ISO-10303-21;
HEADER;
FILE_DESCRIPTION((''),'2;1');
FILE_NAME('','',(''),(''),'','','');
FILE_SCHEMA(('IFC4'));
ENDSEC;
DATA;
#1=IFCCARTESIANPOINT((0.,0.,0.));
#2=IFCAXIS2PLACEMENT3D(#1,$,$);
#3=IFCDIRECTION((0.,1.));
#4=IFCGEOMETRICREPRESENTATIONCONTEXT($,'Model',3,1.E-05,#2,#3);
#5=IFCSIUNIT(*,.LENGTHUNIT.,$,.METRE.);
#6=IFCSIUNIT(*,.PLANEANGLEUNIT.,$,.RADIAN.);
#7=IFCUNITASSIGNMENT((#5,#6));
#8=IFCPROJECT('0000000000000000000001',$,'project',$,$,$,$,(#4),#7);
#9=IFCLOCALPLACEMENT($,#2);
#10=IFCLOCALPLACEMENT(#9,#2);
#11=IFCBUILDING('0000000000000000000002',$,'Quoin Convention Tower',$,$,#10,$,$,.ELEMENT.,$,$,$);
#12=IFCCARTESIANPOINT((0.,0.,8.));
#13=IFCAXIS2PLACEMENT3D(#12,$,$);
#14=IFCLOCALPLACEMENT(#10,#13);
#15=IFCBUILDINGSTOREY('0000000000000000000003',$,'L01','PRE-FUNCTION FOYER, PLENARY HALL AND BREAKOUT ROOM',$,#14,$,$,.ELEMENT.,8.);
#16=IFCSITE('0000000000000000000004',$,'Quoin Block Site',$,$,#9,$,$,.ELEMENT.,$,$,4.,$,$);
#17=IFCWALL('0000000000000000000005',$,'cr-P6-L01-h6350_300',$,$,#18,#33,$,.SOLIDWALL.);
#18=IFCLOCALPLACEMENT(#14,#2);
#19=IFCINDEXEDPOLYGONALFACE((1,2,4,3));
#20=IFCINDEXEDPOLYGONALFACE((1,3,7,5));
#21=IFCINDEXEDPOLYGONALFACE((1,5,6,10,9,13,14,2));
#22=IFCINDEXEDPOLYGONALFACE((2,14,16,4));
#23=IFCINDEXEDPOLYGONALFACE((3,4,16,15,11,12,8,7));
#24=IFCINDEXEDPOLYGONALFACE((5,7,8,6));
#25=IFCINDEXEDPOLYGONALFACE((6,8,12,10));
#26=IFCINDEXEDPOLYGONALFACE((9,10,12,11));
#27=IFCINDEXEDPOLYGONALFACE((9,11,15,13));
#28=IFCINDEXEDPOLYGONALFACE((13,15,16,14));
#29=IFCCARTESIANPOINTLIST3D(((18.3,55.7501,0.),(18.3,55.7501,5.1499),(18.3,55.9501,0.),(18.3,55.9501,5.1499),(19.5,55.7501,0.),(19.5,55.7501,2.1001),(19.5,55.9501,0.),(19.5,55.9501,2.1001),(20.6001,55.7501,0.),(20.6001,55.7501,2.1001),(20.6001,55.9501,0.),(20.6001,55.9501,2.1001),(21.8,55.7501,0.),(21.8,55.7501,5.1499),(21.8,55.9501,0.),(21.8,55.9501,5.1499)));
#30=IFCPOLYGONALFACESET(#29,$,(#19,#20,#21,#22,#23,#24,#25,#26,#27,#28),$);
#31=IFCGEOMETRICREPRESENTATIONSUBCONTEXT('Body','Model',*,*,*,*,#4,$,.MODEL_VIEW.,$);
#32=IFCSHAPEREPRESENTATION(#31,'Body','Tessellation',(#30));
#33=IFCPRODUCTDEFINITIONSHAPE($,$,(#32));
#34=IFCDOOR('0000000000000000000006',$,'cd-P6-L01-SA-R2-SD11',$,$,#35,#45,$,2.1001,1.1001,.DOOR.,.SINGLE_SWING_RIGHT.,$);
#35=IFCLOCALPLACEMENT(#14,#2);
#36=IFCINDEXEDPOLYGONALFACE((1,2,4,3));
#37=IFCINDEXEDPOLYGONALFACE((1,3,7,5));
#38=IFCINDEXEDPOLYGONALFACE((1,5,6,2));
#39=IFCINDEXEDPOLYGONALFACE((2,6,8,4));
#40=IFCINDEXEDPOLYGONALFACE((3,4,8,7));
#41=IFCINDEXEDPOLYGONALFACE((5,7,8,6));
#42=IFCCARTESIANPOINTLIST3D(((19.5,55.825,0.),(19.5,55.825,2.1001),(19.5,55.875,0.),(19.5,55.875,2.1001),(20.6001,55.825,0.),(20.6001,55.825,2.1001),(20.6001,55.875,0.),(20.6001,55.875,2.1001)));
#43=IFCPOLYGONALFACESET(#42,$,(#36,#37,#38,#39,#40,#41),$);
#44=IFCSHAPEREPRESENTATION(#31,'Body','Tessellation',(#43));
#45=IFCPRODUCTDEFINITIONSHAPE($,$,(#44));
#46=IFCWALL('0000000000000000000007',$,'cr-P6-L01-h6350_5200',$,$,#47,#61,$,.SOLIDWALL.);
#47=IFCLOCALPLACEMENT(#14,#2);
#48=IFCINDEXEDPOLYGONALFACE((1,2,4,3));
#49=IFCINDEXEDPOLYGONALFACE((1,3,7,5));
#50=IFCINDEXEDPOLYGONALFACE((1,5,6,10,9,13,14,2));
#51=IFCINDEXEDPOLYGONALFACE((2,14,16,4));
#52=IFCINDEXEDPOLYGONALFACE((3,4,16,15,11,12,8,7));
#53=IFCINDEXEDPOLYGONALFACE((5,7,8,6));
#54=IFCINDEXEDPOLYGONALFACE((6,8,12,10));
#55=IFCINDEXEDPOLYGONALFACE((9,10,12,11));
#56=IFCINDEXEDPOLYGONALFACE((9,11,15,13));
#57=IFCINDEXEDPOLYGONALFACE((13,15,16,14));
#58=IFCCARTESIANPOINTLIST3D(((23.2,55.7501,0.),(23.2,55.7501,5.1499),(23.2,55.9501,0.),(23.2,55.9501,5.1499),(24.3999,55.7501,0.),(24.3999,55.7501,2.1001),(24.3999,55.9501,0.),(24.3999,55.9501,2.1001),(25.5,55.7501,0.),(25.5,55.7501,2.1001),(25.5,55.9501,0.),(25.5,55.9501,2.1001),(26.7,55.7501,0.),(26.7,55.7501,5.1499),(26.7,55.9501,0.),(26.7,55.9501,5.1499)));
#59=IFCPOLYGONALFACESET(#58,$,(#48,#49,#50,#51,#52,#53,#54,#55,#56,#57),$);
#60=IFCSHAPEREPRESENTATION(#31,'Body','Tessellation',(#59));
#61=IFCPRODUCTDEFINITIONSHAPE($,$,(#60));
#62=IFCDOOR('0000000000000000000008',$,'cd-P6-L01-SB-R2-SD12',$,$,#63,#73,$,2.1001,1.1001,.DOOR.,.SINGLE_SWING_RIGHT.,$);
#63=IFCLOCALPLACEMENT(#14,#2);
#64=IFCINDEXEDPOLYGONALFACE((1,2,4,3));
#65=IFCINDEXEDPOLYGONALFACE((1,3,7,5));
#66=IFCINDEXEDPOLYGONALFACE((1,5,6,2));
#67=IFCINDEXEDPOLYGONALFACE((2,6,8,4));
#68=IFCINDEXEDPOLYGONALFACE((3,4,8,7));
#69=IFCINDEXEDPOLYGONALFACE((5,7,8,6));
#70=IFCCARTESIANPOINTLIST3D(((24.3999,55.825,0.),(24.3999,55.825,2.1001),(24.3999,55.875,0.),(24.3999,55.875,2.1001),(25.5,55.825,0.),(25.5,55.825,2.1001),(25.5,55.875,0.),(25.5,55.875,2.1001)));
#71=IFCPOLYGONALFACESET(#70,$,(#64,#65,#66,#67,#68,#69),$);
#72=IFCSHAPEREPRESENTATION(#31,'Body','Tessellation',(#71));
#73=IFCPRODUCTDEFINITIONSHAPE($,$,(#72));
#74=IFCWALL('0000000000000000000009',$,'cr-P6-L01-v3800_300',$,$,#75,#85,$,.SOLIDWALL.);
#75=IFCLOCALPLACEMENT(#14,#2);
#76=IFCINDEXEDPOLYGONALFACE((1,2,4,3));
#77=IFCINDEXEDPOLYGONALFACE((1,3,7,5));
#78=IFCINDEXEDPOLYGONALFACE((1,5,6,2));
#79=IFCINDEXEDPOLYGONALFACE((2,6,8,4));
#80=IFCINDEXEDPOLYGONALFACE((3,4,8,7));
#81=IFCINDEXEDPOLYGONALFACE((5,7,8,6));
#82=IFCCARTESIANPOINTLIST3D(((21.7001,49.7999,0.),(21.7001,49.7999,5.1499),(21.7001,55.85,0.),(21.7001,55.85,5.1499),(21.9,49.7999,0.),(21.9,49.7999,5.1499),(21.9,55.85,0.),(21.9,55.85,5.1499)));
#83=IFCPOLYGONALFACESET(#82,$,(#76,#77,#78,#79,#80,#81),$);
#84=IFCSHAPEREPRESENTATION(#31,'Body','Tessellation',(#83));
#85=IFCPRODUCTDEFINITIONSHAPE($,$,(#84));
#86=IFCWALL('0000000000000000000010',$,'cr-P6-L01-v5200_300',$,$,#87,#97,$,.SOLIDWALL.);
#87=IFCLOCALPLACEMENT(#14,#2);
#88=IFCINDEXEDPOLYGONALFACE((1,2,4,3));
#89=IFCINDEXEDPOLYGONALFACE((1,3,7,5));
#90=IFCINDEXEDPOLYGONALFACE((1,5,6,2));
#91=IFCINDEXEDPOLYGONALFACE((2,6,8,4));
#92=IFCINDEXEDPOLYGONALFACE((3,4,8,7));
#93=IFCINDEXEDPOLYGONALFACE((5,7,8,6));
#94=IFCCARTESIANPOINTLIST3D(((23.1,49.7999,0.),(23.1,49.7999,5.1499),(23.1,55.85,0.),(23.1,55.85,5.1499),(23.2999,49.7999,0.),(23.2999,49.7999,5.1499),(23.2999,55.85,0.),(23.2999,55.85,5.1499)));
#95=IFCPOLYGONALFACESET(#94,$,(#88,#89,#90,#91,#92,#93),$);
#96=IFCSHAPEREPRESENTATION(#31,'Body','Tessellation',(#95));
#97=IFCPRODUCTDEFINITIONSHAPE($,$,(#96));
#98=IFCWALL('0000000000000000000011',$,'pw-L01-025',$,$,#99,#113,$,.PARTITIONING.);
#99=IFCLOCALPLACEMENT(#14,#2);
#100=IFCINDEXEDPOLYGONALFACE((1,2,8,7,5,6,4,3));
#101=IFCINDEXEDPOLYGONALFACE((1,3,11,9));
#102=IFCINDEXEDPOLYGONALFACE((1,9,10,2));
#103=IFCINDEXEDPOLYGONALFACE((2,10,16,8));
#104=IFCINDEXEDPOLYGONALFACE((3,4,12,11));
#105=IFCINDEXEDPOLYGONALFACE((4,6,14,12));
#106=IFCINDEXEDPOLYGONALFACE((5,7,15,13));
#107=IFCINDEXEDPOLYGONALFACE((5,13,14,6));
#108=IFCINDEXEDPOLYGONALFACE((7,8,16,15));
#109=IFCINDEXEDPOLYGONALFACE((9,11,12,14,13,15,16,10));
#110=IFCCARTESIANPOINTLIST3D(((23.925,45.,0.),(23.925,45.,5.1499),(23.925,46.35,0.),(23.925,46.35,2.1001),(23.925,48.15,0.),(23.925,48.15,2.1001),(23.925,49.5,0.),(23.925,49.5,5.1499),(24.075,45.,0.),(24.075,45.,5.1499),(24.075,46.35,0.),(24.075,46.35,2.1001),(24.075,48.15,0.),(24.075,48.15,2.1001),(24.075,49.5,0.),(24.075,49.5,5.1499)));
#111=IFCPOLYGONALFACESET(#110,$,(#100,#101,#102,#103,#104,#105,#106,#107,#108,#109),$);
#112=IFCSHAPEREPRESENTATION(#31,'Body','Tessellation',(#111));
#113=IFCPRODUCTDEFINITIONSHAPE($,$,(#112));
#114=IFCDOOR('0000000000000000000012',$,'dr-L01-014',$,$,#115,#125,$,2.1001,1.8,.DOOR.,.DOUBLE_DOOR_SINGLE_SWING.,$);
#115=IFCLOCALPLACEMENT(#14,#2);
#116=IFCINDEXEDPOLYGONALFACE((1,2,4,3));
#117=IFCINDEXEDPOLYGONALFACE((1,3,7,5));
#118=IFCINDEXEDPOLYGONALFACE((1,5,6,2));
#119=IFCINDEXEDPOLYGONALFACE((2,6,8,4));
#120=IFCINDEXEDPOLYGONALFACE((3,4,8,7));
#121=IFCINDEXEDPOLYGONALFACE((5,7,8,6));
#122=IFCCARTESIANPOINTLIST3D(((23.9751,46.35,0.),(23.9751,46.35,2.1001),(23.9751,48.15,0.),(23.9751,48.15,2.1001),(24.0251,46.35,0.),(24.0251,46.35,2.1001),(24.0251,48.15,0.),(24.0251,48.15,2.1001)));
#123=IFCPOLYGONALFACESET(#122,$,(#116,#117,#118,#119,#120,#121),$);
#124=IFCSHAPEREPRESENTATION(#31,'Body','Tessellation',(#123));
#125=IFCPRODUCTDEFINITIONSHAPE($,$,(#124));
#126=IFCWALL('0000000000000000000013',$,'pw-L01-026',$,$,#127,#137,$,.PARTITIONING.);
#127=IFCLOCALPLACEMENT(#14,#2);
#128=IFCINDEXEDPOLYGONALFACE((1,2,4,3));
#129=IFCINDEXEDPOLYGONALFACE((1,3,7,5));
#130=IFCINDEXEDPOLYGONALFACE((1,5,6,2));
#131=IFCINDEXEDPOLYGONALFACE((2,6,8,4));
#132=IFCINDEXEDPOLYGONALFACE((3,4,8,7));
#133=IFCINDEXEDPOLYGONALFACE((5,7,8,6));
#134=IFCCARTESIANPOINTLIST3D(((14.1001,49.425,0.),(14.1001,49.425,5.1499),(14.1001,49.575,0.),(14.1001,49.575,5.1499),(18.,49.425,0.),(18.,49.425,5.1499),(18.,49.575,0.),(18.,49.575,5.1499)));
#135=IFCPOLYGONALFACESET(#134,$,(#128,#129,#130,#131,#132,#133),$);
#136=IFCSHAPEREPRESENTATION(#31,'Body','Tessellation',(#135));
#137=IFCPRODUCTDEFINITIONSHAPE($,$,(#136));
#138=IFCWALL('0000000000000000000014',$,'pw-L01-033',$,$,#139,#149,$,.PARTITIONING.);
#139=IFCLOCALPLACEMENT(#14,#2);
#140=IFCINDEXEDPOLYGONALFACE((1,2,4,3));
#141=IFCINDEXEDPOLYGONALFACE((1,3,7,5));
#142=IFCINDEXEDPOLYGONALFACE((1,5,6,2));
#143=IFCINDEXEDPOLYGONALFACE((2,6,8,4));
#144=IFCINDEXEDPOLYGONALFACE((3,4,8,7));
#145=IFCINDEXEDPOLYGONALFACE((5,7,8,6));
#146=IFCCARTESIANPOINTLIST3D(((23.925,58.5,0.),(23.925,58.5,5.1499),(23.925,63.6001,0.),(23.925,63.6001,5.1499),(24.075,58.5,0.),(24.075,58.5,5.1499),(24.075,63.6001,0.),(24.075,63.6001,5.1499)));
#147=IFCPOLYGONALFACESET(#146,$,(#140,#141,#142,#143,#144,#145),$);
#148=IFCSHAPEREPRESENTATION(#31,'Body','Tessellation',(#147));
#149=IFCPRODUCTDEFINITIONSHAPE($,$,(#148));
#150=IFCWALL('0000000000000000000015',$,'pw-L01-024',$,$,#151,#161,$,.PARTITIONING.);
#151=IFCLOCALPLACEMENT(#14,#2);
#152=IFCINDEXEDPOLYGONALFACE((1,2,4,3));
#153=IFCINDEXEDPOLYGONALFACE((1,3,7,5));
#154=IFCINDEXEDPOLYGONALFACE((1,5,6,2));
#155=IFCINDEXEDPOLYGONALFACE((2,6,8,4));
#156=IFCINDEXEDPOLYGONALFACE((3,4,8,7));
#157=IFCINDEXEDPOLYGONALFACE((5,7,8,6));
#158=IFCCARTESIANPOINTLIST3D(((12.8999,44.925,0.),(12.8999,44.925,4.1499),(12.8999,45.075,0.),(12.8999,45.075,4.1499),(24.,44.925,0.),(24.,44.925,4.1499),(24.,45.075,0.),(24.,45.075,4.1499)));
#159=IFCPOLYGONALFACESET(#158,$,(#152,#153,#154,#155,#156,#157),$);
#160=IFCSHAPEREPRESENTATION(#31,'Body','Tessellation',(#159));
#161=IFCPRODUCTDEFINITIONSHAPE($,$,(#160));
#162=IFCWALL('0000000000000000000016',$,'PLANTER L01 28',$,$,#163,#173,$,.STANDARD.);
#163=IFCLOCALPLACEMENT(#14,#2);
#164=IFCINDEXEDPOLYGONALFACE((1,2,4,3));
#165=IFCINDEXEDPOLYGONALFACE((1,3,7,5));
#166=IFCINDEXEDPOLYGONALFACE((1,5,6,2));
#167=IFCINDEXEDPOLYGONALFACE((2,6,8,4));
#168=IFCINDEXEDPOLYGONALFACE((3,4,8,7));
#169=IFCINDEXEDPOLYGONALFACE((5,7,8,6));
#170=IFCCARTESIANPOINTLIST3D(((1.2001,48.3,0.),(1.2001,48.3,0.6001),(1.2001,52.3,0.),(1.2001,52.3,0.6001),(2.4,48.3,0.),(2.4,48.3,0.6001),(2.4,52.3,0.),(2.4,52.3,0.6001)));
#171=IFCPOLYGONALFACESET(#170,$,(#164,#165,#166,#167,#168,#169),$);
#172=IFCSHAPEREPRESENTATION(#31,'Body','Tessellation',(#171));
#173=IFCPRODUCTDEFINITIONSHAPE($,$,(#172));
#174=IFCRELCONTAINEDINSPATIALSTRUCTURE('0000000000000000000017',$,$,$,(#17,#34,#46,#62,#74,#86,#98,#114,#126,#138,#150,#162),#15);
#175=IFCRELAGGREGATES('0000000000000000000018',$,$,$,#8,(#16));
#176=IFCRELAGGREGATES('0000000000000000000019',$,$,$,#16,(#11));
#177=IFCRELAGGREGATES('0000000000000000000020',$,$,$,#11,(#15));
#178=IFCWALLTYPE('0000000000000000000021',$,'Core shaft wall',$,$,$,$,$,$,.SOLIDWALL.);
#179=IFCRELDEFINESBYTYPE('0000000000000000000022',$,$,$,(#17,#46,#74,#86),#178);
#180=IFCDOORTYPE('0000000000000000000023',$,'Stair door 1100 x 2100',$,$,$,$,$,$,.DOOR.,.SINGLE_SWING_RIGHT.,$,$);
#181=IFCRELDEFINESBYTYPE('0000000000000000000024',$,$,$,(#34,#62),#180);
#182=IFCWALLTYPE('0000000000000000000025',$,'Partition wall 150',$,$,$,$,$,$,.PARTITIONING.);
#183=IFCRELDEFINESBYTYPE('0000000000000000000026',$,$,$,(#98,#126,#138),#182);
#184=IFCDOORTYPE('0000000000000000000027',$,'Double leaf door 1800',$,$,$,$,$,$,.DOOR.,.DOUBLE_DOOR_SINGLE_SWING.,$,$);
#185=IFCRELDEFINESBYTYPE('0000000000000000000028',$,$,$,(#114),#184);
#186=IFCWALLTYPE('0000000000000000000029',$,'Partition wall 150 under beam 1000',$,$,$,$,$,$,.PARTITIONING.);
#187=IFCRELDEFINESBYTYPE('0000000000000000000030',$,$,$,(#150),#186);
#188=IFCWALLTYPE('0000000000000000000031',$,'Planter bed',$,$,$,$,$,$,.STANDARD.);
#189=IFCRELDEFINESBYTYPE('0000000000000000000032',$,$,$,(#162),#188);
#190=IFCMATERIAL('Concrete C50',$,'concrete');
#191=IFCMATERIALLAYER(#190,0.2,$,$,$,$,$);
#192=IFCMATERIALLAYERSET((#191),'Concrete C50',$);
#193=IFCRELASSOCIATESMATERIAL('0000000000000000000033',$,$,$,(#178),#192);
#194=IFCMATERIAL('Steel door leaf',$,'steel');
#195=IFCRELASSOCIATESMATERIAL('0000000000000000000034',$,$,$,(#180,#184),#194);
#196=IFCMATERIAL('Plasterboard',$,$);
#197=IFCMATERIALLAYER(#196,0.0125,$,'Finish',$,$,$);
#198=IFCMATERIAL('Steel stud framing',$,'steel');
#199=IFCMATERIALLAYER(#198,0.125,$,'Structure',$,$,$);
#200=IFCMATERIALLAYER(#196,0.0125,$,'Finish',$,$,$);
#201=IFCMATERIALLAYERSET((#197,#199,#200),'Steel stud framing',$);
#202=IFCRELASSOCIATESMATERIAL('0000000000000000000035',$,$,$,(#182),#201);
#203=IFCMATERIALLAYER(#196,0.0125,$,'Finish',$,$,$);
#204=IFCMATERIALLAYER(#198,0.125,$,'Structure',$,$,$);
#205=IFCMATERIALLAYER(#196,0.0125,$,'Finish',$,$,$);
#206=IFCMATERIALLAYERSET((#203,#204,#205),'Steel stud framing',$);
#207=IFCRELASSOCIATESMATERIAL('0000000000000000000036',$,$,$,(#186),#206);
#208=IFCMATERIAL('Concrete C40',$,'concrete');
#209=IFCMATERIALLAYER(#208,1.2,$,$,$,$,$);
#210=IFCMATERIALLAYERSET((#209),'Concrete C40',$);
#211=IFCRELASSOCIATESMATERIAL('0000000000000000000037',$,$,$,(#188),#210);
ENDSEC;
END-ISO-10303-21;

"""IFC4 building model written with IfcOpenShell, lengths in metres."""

from ifc_helpers import new_model, si_unit, direction, frame, frame_2d, origin, place, context, subcontext, project, spatial, rectangle, extrude, material, layer, layer_set, type_object, element, fill, save


model = new_model("IFC4")

# Units and contexts
model_context = context("Model", 3, precision=1e-05, world=origin(), true_north=direction((0.0, 1.0)))
body_context = subcontext(model_context, "Body", "Model", "MODEL_VIEW")
ifc_project = project(units=[si_unit("LENGTHUNIT", "METRE"), si_unit("PLANEANGLEUNIT", "RADIAN")], contexts=[model_context])

# Site, building, storey
site_placement = place(None, origin())
site = spatial("IfcSite", under=ifc_project, at=site_placement, Name="Quoin Block Site", CompositionType="ELEMENT", RefElevation=4.0)
building_placement = place(site_placement, origin())
building = spatial("IfcBuilding", under=site, at=building_placement, Name="Quoin Convention Tower", CompositionType="ELEMENT")
storey_placement = place(building_placement, frame((0.0, 0.0, 8.0)))
storey = spatial("IfcBuildingStorey", under=building, at=storey_placement, Name="L01", Description="PRE-FUNCTION FOYER, PLENARY HALL AND BREAKOUT ROOM", CompositionType="ELEMENT", Elevation=8.0)

# Shared definitions
ifc_material_1 = material(Name="Concrete C50", Category="concrete")
ifc_layer_1 = layer(ifc_material_1, 0.2)
ifc_layer_set_1 = layer_set([ifc_layer_1], Name="Concrete C50")
wall_type_1 = type_object("IfcWallType", Name="Core shaft wall", PredefinedType="SOLIDWALL", material=ifc_layer_set_1)

# Walls, openings, doors
wall_1_placement = place(storey_placement, frame((18.3, 55.8501, 0.0), z_axis=(0.0, 0.0, 1.0), x_axis=(1.0, 0.0, 0.0)))
wall_1 = element("IfcWall", 1, at=wall_1_placement, inside=storey, type_object=wall_type_1, Name="cr-P6-L01-h6350_300", PredefinedType="SOLIDWALL", context=body_context, shape_type="SweptSolid", body=[
    extrude(rectangle(XDim=3.5, YDim=0.2, at=frame_2d((1.75, 0.0))), origin(), (0.0, 0.0, 1.0), 5.1499),
])
opening_1_placement = place(wall_1_placement, frame((1.2, 0.0, 0.0)))
opening_1 = element("IfcOpeningElement", 2, at=opening_1_placement, cuts=wall_1, PredefinedType="OPENING", context=body_context, shape_type="SweptSolid", body=[
    extrude(rectangle(XDim=1.1001, YDim=2.1001, at=frame_2d((0.55, 1.05))), frame((0.0, 0.1099, 0.0), z_axis=(0.0, -1.0, 0.0), x_axis=(1.0, 0.0, 0.0)), (0.0, 0.0, 1.0), 0.22),
])
ifc_material_2 = material(Name="Steel door leaf", Category="steel")
door_type_1 = type_object("IfcDoorType", Name="Stair door 1100 x 2100", OperationType="SINGLE_SWING_RIGHT", PredefinedType="DOOR", material=ifc_material_2)
door_1_placement = place(opening_1_placement, origin())
door_1 = element("IfcDoor", 3, at=door_1_placement, inside=storey, type_object=door_type_1, Name="cd-P6-L01-SA-R2-SD11", OperationType="SINGLE_SWING_RIGHT", OverallHeight=2.1001, OverallWidth=1.1001, PredefinedType="DOOR", context=body_context, shape_type="SweptSolid", body=[
    extrude(rectangle(XDim=1.1001, YDim=2.1001, at=frame_2d((0.55, 1.05))), frame((0.0, 0.0249, 0.0), z_axis=(0.0, -1.0, 0.0), x_axis=(1.0, 0.0, 0.0)), (0.0, 0.0, 1.0), 0.05),
])
fill(opening_1, door_1)
wall_2_placement = place(storey_placement, frame((23.2, 55.8501, 0.0), z_axis=(0.0, 0.0, 1.0), x_axis=(1.0, 0.0, 0.0)))
wall_2 = element("IfcWall", 4, at=wall_2_placement, inside=storey, type_object=wall_type_1, Name="cr-P6-L01-h6350_5200", PredefinedType="SOLIDWALL", context=body_context, shape_type="SweptSolid", body=[
    extrude(rectangle(XDim=3.5, YDim=0.2, at=frame_2d((1.75, 0.0))), origin(), (0.0, 0.0, 1.0), 5.1499),
])
opening_2_placement = place(wall_2_placement, frame((1.2, 0.0, 0.0)))
opening_2 = element("IfcOpeningElement", 5, at=opening_2_placement, cuts=wall_2, PredefinedType="OPENING", context=body_context, shape_type="SweptSolid", body=[
    extrude(rectangle(XDim=1.1001, YDim=2.1001, at=frame_2d((0.55, 1.05))), frame((0.0, 0.1099, 0.0), z_axis=(0.0, -1.0, 0.0), x_axis=(1.0, 0.0, 0.0)), (0.0, 0.0, 1.0), 0.22),
])
door_2_placement = place(opening_2_placement, origin())
door_2 = element("IfcDoor", 6, at=door_2_placement, inside=storey, type_object=door_type_1, Name="cd-P6-L01-SB-R2-SD12", OperationType="SINGLE_SWING_RIGHT", OverallHeight=2.1001, OverallWidth=1.1001, PredefinedType="DOOR", context=body_context, shape_type="SweptSolid", body=[
    extrude(rectangle(XDim=1.1001, YDim=2.1001, at=frame_2d((0.55, 1.05))), frame((0.0, 0.0249, 0.0), z_axis=(0.0, -1.0, 0.0), x_axis=(1.0, 0.0, 0.0)), (0.0, 0.0, 1.0), 0.05),
])
fill(opening_2, door_2)

# Walls
for number, where, z_axis, x_axis, name in (
    (7, (21.8, 49.8, 0.0), (0.0, 0.0, 1.0), (0.0, 1.0, 0.0), "cr-P6-L01-v3800_300"),
    (8, (23.2, 49.8, 0.0), (0.0, 0.0, 1.0), (0.0, 1.0, 0.0), "cr-P6-L01-v5200_300"),
):
    element("IfcWall", number, at=place(storey_placement, frame(where, z_axis=z_axis, x_axis=x_axis)), inside=storey, type_object=wall_type_1, Name=name, PredefinedType="SOLIDWALL", context=body_context, shape_type="SweptSolid", body=[
        extrude(rectangle(XDim=6.05, YDim=0.2, at=frame_2d((3.0249, 0.0))), origin(), (0.0, 0.0, 1.0), 5.1499),
    ])

# Wall, opening, door
ifc_material_3 = material(Name="Plasterboard")
ifc_layer_2 = layer(ifc_material_3, 0.0125, Name="Finish")
ifc_material_4 = material(Name="Steel stud framing", Category="steel")
ifc_layer_3 = layer(ifc_material_4, 0.125, Name="Structure")
ifc_layer_4 = layer(ifc_material_3, 0.0125, Name="Finish")
ifc_layer_set_2 = layer_set([ifc_layer_2, ifc_layer_3, ifc_layer_4], Name="Steel stud framing")
wall_type_2 = type_object("IfcWallType", Name="Partition wall 150", PredefinedType="PARTITIONING", material=ifc_layer_set_2)
wall_3_placement = place(storey_placement, frame((24.0, 45.0, 0.0), z_axis=(0.0, 0.0, 1.0), x_axis=(0.0, 1.0, 0.0)))
wall_3 = element("IfcWall", 9, at=wall_3_placement, inside=storey, type_object=wall_type_2, Name="pw-L01-025", PredefinedType="PARTITIONING", context=body_context, shape_type="SweptSolid", body=[
    extrude(rectangle(XDim=4.5, YDim=0.1499, at=frame_2d((2.25, 0.0))), origin(), (0.0, 0.0, 1.0), 5.1499),
])
opening_3_placement = place(wall_3_placement, frame((1.3501, 0.0, 0.0)))
opening_3 = element("IfcOpeningElement", 10, at=opening_3_placement, cuts=wall_3, PredefinedType="OPENING", context=body_context, shape_type="SweptSolid", body=[
    extrude(rectangle(XDim=1.8, YDim=2.1001, at=frame_2d((0.8999, 1.05))), frame((0.0, 0.085, 0.0), z_axis=(0.0, -1.0, 0.0), x_axis=(1.0, 0.0, 0.0)), (0.0, 0.0, 1.0), 0.1699),
])
door_type_2 = type_object("IfcDoorType", Name="Double leaf door 1800", OperationType="DOUBLE_DOOR_SINGLE_SWING", PredefinedType="DOOR", material=ifc_material_2)
door_3_placement = place(opening_3_placement, origin())
door_3 = element("IfcDoor", 11, at=door_3_placement, inside=storey, type_object=door_type_2, Name="dr-L01-014", OperationType="DOUBLE_DOOR_SINGLE_SWING", OverallHeight=2.1001, OverallWidth=1.8, PredefinedType="DOOR", context=body_context, shape_type="SweptSolid", body=[
    extrude(rectangle(XDim=1.8, YDim=2.1001, at=frame_2d((0.8999, 1.05))), frame((0.0, 0.0249, 0.0), z_axis=(0.0, -1.0, 0.0), x_axis=(1.0, 0.0, 0.0)), (0.0, 0.0, 1.0), 0.05),
])
fill(opening_3, door_3)

# Walls
wall_4_placement = place(storey_placement, frame((14.1001, 49.5, 0.0), z_axis=(0.0, 0.0, 1.0), x_axis=(1.0, 0.0, 0.0)))
element("IfcWall", 12, at=wall_4_placement, inside=storey, type_object=wall_type_2, Name="pw-L01-026", PredefinedType="PARTITIONING", context=body_context, shape_type="SweptSolid", body=[
    extrude(rectangle(XDim=3.8999, YDim=0.1499, at=frame_2d((1.95, 0.0))), origin(), (0.0, 0.0, 1.0), 5.1499),
])
wall_5_placement = place(storey_placement, frame((24.0, 58.5, 0.0), z_axis=(0.0, 0.0, 1.0), x_axis=(0.0, 1.0, 0.0)))
element("IfcWall", 13, at=wall_5_placement, inside=storey, type_object=wall_type_2, Name="pw-L01-033", PredefinedType="PARTITIONING", context=body_context, shape_type="SweptSolid", body=[
    extrude(rectangle(XDim=5.1001, YDim=0.1499, at=frame_2d((2.55, 0.0))), origin(), (0.0, 0.0, 1.0), 5.1499),
])
ifc_layer_5 = layer(ifc_material_3, 0.0125, Name="Finish")
ifc_layer_6 = layer(ifc_material_4, 0.125, Name="Structure")
ifc_layer_7 = layer(ifc_material_3, 0.0125, Name="Finish")
ifc_layer_set_3 = layer_set([ifc_layer_5, ifc_layer_6, ifc_layer_7], Name="Steel stud framing")
wall_type_3 = type_object("IfcWallType", Name="Partition wall 150 under beam 1000", PredefinedType="PARTITIONING", material=ifc_layer_set_3)
wall_6_placement = place(storey_placement, frame((12.8999, 45.0, 0.0), z_axis=(0.0, 0.0, 1.0), x_axis=(1.0, 0.0, 0.0)))
element("IfcWall", 14, at=wall_6_placement, inside=storey, type_object=wall_type_3, Name="pw-L01-024", PredefinedType="PARTITIONING", context=body_context, shape_type="SweptSolid", body=[
    extrude(rectangle(XDim=11.1001, YDim=0.1499, at=frame_2d((5.55, 0.0))), origin(), (0.0, 0.0, 1.0), 4.1499),
])
ifc_material_5 = material(Name="Concrete C40", Category="concrete")
ifc_layer_8 = layer(ifc_material_5, 1.2)
ifc_layer_set_4 = layer_set([ifc_layer_8], Name="Concrete C40")
wall_type_4 = type_object("IfcWallType", Name="Planter bed", PredefinedType="STANDARD", material=ifc_layer_set_4)
for number, where, z_axis, x_axis, name in (
    (15, (1.8, 48.3, 0.0), (0.0, 0.0, 1.0), (0.0, 1.0, 0.0), "PLANTER L01 28"),
):
    element("IfcWall", number, at=place(storey_placement, frame(where, z_axis=z_axis, x_axis=x_axis)), inside=storey, type_object=wall_type_4, Name=name, PredefinedType="STANDARD", context=body_context, shape_type="SweptSolid", body=[
        extrude(rectangle(XDim=4.0, YDim=1.2, at=frame_2d((2.0, 0.0))), origin(), (0.0, 0.0, 1.0), 0.6001),
    ])

save(model, "model.ifc")
